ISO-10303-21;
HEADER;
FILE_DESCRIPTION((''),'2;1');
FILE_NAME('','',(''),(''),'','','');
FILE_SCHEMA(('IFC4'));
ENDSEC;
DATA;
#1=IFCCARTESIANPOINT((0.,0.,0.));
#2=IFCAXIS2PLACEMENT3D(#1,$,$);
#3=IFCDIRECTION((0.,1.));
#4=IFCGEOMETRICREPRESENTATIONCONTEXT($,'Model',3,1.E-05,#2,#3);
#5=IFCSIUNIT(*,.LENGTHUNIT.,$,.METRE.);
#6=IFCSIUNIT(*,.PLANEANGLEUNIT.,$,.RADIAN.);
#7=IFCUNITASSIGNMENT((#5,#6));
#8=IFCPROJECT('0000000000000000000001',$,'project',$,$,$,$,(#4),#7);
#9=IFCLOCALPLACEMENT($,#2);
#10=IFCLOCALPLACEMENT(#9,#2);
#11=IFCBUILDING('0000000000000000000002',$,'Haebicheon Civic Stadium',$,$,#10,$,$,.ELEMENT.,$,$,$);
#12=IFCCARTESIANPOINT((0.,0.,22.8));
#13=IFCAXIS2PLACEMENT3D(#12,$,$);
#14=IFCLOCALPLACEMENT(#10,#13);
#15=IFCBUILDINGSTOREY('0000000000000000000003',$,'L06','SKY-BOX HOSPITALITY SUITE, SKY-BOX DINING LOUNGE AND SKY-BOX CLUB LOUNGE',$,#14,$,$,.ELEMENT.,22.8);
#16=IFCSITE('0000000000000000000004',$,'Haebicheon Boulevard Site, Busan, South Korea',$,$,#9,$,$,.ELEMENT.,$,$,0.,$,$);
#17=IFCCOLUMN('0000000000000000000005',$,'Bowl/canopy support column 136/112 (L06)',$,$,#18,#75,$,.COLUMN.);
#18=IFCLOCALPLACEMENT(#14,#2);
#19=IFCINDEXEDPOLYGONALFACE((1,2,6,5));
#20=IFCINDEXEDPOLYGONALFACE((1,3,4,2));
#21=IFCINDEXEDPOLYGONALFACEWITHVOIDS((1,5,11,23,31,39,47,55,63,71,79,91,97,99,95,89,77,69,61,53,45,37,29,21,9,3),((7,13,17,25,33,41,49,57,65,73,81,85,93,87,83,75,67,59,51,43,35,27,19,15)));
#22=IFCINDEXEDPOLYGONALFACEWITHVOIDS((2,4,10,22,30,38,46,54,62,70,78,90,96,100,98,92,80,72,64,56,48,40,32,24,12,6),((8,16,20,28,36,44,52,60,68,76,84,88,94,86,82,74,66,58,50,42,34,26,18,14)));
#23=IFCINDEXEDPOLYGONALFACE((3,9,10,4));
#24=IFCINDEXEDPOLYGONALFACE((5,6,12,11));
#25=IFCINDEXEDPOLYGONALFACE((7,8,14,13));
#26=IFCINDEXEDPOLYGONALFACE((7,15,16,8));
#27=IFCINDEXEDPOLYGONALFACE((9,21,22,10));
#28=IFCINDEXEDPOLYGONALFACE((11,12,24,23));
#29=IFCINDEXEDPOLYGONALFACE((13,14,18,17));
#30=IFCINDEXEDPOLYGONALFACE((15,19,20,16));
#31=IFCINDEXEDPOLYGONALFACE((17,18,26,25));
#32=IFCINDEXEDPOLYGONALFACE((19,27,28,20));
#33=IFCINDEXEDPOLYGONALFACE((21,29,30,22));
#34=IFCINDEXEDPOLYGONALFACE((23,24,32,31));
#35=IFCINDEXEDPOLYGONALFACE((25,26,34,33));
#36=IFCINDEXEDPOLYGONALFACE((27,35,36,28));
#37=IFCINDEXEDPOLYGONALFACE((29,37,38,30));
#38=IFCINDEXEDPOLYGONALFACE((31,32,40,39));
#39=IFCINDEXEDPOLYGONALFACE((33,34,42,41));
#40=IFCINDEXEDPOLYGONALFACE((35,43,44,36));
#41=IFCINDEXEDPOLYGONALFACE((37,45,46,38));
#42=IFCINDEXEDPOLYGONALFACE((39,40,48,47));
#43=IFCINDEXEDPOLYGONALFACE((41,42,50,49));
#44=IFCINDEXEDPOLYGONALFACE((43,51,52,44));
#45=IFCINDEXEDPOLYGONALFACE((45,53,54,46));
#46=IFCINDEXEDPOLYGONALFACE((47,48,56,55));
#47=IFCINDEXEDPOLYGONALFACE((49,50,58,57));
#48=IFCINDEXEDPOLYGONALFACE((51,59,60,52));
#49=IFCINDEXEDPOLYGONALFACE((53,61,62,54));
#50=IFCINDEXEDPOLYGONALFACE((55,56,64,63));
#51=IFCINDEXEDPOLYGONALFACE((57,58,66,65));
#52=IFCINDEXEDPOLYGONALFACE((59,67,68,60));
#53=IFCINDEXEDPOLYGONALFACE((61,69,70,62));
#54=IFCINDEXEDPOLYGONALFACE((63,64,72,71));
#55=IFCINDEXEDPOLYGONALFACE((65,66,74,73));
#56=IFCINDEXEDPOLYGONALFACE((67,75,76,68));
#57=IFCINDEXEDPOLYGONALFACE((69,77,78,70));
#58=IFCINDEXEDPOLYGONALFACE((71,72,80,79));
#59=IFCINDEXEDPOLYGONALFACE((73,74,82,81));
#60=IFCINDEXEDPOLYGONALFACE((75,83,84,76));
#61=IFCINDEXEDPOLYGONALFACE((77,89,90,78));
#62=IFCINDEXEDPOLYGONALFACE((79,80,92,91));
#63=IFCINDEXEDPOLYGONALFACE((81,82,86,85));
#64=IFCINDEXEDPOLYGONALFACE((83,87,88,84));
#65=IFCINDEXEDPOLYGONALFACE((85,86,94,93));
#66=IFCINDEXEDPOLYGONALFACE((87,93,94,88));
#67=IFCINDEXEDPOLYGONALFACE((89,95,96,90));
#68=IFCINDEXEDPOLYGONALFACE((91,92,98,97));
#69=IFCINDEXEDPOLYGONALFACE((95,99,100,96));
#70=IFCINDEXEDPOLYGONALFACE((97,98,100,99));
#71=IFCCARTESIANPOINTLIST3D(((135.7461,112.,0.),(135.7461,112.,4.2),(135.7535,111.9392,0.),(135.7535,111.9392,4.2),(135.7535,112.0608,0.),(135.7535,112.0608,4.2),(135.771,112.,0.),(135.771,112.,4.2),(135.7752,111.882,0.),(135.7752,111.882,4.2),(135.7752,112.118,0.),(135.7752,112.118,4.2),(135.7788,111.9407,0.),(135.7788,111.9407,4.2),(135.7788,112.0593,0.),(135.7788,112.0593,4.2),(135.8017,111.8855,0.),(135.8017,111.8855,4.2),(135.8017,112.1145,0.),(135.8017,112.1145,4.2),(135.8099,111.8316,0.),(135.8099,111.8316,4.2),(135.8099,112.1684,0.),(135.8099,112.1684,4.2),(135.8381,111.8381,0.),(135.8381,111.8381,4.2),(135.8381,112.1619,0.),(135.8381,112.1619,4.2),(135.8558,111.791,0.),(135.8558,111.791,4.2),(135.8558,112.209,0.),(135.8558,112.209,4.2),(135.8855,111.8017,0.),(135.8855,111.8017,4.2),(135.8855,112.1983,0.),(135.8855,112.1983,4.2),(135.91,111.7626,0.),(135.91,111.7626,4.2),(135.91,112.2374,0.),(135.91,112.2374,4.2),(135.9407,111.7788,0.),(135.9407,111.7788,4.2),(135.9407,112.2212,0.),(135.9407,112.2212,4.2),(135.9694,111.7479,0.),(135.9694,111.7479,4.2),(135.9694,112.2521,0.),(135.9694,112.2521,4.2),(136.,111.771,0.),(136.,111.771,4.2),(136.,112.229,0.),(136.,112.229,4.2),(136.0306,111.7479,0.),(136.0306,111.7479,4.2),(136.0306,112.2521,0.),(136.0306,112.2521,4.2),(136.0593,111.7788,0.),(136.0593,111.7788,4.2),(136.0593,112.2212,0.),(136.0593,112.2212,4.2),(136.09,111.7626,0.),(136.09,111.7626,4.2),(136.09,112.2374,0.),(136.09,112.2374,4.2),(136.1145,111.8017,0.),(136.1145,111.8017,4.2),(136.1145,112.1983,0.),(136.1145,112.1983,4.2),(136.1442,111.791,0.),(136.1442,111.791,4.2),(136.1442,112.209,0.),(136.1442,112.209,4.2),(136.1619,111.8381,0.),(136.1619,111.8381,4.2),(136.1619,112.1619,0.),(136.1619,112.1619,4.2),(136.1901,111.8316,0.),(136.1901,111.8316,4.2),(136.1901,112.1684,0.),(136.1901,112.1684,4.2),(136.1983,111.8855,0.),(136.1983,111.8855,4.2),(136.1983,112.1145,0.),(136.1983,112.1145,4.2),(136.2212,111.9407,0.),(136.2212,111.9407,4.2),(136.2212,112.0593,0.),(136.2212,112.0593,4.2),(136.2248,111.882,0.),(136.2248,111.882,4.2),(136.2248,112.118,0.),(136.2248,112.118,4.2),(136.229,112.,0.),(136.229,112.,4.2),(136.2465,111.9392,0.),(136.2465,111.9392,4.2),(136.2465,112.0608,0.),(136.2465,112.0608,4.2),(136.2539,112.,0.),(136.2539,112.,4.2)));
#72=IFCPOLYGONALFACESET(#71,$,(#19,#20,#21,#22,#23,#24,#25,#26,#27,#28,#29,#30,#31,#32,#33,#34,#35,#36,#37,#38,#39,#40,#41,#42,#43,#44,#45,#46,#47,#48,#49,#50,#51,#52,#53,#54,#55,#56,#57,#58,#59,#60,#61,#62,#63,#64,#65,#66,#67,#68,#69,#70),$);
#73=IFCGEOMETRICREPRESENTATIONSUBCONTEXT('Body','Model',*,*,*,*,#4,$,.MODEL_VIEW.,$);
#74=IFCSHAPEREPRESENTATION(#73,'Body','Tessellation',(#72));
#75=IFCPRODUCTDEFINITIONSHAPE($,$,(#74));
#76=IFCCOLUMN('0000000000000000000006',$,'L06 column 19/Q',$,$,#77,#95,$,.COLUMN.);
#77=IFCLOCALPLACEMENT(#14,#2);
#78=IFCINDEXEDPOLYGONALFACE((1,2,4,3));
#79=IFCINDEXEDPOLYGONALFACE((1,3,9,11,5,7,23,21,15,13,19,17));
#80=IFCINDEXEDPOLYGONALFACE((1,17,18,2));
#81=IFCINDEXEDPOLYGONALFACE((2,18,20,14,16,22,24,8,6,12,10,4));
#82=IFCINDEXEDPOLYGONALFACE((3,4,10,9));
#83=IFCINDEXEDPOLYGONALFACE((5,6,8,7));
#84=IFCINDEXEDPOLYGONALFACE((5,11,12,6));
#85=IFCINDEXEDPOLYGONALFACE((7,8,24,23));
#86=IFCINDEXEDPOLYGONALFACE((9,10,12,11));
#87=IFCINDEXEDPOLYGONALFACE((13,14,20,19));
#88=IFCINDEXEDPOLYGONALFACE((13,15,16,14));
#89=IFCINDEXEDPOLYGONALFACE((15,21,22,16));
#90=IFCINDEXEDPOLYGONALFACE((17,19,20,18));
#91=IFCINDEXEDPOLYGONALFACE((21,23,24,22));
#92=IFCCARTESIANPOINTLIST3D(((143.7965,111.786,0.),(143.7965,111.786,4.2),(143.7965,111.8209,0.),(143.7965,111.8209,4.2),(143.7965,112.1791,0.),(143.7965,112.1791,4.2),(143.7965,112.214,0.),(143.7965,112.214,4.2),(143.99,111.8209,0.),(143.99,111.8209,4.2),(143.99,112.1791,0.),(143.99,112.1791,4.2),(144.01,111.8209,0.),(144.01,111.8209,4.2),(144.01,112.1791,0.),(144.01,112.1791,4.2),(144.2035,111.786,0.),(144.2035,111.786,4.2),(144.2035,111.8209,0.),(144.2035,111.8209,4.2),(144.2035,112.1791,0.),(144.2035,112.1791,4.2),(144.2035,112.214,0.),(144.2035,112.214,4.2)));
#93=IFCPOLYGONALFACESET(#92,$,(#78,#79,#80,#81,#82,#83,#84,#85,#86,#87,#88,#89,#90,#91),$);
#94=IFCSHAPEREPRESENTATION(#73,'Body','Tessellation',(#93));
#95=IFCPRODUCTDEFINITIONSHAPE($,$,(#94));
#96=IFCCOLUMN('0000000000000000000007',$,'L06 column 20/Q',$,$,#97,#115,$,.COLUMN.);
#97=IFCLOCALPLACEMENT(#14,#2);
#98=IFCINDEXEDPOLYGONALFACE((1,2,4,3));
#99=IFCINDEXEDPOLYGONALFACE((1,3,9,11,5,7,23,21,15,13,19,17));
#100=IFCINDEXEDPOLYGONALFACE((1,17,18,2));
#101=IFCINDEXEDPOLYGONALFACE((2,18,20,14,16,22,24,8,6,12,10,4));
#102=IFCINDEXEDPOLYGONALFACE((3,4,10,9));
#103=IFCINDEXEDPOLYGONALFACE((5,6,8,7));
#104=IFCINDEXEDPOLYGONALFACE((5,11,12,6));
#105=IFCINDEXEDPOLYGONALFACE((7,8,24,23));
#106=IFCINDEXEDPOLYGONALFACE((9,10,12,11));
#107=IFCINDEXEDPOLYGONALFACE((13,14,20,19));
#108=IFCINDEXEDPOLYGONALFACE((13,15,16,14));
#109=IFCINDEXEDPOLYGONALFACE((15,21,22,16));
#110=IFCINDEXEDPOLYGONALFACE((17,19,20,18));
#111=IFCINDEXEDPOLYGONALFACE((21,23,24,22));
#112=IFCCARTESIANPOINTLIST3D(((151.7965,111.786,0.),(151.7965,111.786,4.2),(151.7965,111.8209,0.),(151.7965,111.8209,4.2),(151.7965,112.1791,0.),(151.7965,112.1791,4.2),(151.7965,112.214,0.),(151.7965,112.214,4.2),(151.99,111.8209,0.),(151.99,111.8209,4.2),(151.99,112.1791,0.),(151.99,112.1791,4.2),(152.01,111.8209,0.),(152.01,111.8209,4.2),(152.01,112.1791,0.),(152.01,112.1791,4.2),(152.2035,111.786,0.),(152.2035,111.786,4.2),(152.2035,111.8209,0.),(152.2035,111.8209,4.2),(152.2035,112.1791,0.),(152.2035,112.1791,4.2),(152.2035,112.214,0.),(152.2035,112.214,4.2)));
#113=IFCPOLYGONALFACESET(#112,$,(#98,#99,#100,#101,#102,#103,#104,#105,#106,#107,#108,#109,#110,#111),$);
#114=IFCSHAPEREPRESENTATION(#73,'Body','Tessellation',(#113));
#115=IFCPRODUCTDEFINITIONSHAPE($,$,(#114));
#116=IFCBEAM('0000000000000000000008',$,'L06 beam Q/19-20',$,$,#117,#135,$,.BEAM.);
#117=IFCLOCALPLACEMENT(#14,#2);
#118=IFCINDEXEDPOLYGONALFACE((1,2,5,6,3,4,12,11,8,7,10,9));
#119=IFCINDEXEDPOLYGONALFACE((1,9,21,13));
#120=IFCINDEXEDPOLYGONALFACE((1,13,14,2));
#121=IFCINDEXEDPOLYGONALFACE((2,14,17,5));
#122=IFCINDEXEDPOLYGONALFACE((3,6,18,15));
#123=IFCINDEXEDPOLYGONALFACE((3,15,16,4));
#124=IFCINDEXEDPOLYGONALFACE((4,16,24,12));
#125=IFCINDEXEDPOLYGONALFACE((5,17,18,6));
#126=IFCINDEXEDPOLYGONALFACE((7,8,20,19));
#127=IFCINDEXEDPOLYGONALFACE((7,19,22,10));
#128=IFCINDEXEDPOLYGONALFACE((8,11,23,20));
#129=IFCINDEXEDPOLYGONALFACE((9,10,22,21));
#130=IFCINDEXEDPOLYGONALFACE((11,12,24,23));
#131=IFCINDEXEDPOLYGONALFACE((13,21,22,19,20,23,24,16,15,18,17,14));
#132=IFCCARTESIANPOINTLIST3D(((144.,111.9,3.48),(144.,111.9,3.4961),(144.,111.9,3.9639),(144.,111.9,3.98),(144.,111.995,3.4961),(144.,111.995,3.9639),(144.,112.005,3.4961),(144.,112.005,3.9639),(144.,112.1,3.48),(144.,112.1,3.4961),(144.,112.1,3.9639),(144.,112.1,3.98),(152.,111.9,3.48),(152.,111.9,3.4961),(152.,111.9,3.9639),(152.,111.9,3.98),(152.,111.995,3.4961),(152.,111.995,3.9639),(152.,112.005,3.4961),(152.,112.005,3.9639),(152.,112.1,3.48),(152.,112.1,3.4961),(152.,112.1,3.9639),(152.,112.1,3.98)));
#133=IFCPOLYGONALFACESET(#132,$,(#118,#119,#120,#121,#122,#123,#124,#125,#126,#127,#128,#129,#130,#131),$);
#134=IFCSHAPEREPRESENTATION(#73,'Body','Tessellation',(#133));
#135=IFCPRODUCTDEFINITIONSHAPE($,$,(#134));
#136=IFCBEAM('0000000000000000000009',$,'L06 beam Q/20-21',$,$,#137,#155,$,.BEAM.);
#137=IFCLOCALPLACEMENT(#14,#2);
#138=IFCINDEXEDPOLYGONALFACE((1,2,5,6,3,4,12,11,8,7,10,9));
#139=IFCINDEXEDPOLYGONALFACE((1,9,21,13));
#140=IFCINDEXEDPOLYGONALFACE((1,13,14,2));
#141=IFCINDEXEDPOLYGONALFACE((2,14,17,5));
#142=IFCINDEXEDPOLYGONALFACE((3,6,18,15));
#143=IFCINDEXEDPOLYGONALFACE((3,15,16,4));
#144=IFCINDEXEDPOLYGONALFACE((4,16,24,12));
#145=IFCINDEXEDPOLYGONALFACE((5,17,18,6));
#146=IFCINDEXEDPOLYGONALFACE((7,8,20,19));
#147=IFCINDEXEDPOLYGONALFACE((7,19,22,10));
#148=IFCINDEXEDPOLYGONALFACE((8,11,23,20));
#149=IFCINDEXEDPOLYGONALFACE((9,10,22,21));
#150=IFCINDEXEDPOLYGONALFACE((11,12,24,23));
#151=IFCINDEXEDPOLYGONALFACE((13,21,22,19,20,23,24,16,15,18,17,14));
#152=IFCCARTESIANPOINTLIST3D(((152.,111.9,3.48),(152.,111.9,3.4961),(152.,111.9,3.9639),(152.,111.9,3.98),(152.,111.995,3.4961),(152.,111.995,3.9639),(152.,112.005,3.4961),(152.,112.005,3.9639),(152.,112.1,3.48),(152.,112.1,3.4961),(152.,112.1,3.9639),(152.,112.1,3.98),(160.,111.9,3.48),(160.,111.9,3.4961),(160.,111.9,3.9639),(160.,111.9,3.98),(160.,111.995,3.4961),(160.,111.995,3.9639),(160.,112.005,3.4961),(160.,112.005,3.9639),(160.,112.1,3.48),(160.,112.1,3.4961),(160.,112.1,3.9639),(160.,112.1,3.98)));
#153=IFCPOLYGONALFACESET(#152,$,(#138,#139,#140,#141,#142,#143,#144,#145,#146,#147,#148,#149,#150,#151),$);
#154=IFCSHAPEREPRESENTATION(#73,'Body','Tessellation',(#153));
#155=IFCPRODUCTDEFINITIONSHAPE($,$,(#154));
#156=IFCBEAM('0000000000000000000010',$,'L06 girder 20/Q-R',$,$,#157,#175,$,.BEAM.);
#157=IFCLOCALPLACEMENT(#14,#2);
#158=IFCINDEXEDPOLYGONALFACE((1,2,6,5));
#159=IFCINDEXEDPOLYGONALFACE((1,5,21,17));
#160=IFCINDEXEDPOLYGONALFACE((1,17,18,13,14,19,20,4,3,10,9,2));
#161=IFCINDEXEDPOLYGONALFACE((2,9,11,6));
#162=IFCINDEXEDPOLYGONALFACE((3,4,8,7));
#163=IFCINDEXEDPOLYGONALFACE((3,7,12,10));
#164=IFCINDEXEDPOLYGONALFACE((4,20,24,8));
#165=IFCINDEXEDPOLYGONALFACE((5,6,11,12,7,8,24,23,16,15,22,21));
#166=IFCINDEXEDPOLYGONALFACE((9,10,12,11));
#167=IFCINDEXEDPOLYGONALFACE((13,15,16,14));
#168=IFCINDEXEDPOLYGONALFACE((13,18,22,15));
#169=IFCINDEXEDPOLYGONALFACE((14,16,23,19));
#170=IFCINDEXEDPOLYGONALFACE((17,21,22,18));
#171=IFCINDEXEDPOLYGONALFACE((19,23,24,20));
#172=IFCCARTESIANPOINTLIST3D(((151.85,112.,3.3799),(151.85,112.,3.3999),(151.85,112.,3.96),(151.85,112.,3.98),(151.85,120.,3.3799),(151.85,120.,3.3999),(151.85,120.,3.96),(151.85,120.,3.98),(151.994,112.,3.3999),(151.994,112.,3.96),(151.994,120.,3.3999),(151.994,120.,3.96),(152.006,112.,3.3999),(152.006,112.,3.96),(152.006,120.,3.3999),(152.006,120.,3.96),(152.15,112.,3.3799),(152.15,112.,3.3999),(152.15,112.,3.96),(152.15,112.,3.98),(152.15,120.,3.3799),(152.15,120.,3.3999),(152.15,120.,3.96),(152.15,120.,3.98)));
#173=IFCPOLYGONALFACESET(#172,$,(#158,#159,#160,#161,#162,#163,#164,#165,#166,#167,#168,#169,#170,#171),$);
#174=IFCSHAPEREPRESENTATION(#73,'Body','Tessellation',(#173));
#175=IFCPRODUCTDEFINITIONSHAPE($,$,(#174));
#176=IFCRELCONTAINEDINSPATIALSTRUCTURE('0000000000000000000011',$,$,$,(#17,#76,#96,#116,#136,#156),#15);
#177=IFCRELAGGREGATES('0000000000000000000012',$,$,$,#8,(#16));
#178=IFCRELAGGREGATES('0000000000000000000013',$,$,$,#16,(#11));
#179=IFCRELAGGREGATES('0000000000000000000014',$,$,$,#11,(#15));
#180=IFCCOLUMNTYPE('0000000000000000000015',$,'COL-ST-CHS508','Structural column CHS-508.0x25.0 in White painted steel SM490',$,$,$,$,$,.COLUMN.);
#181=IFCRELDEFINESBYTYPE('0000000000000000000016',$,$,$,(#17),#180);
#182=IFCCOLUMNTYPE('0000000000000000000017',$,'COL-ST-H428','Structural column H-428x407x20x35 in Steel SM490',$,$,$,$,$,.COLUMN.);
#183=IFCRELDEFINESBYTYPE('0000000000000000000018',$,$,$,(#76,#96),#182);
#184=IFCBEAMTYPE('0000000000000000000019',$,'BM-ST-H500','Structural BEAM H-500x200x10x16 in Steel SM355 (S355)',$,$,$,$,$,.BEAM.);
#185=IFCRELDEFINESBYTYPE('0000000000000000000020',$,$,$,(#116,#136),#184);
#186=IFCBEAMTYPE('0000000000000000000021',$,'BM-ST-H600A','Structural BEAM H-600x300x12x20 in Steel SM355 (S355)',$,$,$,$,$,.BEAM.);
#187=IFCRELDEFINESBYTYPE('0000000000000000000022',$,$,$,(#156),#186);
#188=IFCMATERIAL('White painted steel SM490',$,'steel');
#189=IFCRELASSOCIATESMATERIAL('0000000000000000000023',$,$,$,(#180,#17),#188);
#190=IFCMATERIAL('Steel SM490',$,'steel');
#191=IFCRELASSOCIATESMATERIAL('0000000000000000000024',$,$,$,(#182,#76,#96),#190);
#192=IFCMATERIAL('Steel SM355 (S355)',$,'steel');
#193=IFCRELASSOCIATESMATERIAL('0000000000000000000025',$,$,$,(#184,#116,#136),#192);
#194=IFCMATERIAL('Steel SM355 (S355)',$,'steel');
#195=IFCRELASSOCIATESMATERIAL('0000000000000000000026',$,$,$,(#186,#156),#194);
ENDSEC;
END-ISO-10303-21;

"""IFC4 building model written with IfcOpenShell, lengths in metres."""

from ifc_helpers import new_model, si_unit, direction, frame, origin, origin_2d, place, context, subcontext, project, spatial, hollow_circle, i_section, extrude, material, material_profile, profile_set, type_object, element, save


model = new_model("IFC4")

# Units and contexts
model_context = context("Model", 3, precision=1e-05, world=origin(), true_north=direction((0.0, 1.0)))
body_context = subcontext(model_context, "Body", "Model", "MODEL_VIEW")
ifc_project = project(units=[si_unit("LENGTHUNIT", "METRE"), si_unit("PLANEANGLEUNIT", "RADIAN")], contexts=[model_context])

# Site, building, storey
site_placement = place(None, origin())
site = spatial("IfcSite", under=ifc_project, at=site_placement, Name="Haebicheon Boulevard Site, Busan, South Korea", CompositionType="ELEMENT", RefElevation=0.0)
building_placement = place(site_placement, origin())
building = spatial("IfcBuilding", under=site, at=building_placement, Name="Haebicheon Civic Stadium", CompositionType="ELEMENT")
storey_placement = place(building_placement, frame((0.0, 0.0, 22.8)))
storey = spatial("IfcBuildingStorey", under=building, at=storey_placement, Name="L06", Description="SKY-BOX HOSPITALITY SUITE, SKY-BOX DINING LOUNGE AND SKY-BOX CLUB LOUNGE", CompositionType="ELEMENT", Elevation=22.8)

# Columns
ifc_material_1 = material(Name="White painted steel SM490", Category="steel")
ifc_material_profile_1 = material_profile(ifc_material_1, hollow_circle(Radius=0.2539, WallThickness=0.0249, at=origin_2d()), Name="CHS-508.0x25.0")
ifc_profile_set_1 = profile_set([ifc_material_profile_1], Name="White painted steel SM490")
column_type_1 = type_object("IfcColumnType", Name="COL-ST-CHS508", Description="Structural column CHS-508.0x25.0 in White painted steel SM490", PredefinedType="COLUMN", material=ifc_profile_set_1)
column_placement = place(storey_placement, frame((136.0, 112.0, 0.0), z_axis=(0.0, 0.0, 1.0), x_axis=(1.0, 0.0, 0.0)))
element("IfcColumn", 1, at=column_placement, inside=storey, type_object=column_type_1, material=ifc_profile_set_1, Name="Bowl/canopy support column 136/112 (L06)", PredefinedType="COLUMN", context=body_context, shape_type="SweptSolid", body=[
    extrude(hollow_circle(Radius=0.2539, WallThickness=0.0249, at=origin_2d()), origin(), (0.0, 0.0, 1.0), 4.2),
])
ifc_material_2 = material(Name="Steel SM490", Category="steel")
ifc_material_profile_2 = material_profile(ifc_material_2, i_section(OverallWidth=0.407, OverallDepth=0.428, WebThickness=0.02, FlangeThickness=0.0349, at=origin_2d()), Name="H-428x407x20x35")
ifc_profile_set_2 = profile_set([ifc_material_profile_2], Name="Steel SM490")
column_type_2 = type_object("IfcColumnType", Name="COL-ST-H428", Description="Structural column H-428x407x20x35 in Steel SM490", PredefinedType="COLUMN", material=ifc_profile_set_2)
for number, where, z_axis, x_axis, name in (
    (2, (144.0, 112.0, 0.0), (0.0, 0.0, 1.0), (1.0, 0.0, 0.0), "L06 column 19/Q"),
    (3, (152.0, 112.0, 0.0), (0.0, 0.0, 1.0), (1.0, 0.0, 0.0), "L06 column 20/Q"),
):
    element("IfcColumn", number, at=place(storey_placement, frame(where, z_axis=z_axis, x_axis=x_axis)), inside=storey, type_object=column_type_2, material=ifc_profile_set_2, Name=name, PredefinedType="COLUMN", context=body_context, shape_type="SweptSolid", body=[
        extrude(i_section(OverallWidth=0.407, OverallDepth=0.428, WebThickness=0.02, FlangeThickness=0.0349, at=origin_2d()), origin(), (0.0, 0.0, 1.0), 4.2),
    ])

# Beams
ifc_material_3 = material(Name="Steel SM355 (S355)", Category="steel")
ifc_material_profile_3 = material_profile(ifc_material_3, i_section(OverallWidth=0.2, OverallDepth=0.5, WebThickness=0.01, FlangeThickness=0.0161, at=origin_2d()), Name="H-500x200x10x16")
ifc_profile_set_3 = profile_set([ifc_material_profile_3], Name="Steel SM355 (S355)")
beam_type_1 = type_object("IfcBeamType", Name="BM-ST-H500", Description="Structural BEAM H-500x200x10x16 in Steel SM355 (S355)", PredefinedType="BEAM", material=ifc_profile_set_3)
for number, where, z_axis, x_axis, name in (
    (4, (144.0, 112.0, 3.73), (1.0, 0.0, 0.0), (0.0, 1.0, 0.0), "L06 beam Q/19-20"),
    (5, (152.0, 112.0, 3.73), (1.0, 0.0, 0.0), (0.0, 1.0, 0.0), "L06 beam Q/20-21"),
):
    element("IfcBeam", number, at=place(storey_placement, frame(where, z_axis=z_axis, x_axis=x_axis)), inside=storey, type_object=beam_type_1, material=ifc_profile_set_3, Name=name, PredefinedType="BEAM", context=body_context, shape_type="SweptSolid", body=[
        extrude(i_section(OverallWidth=0.2, OverallDepth=0.5, WebThickness=0.01, FlangeThickness=0.0161, at=origin_2d()), origin(), (0.0, 0.0, 1.0), 8.0),
    ])
ifc_material_4 = material(Name="Steel SM355 (S355)", Category="steel")
ifc_material_profile_4 = material_profile(ifc_material_4, i_section(OverallWidth=0.3, OverallDepth=0.6001, WebThickness=0.012, FlangeThickness=0.02, at=origin_2d()), Name="H-600x300x12x20")
ifc_profile_set_4 = profile_set([ifc_material_profile_4], Name="Steel SM355 (S355)")
beam_type_2 = type_object("IfcBeamType", Name="BM-ST-H600A", Description="Structural BEAM H-600x300x12x20 in Steel SM355 (S355)", PredefinedType="BEAM", material=ifc_profile_set_4)
beam_1_placement = place(storey_placement, frame((152.0, 112.0, 3.6799), z_axis=(0.0, 1.0, 0.0), x_axis=(-1.0, 0.0, 0.0)))
element("IfcBeam", 6, at=beam_1_placement, inside=storey, type_object=beam_type_2, material=ifc_profile_set_4, Name="L06 girder 20/Q-R", PredefinedType="BEAM", context=body_context, shape_type="SweptSolid", body=[
    extrude(i_section(OverallWidth=0.3, OverallDepth=0.6001, WebThickness=0.012, FlangeThickness=0.02, at=origin_2d()), origin(), (0.0, 0.0, 1.0), 8.0),
])

save(model, "model.ifc")
